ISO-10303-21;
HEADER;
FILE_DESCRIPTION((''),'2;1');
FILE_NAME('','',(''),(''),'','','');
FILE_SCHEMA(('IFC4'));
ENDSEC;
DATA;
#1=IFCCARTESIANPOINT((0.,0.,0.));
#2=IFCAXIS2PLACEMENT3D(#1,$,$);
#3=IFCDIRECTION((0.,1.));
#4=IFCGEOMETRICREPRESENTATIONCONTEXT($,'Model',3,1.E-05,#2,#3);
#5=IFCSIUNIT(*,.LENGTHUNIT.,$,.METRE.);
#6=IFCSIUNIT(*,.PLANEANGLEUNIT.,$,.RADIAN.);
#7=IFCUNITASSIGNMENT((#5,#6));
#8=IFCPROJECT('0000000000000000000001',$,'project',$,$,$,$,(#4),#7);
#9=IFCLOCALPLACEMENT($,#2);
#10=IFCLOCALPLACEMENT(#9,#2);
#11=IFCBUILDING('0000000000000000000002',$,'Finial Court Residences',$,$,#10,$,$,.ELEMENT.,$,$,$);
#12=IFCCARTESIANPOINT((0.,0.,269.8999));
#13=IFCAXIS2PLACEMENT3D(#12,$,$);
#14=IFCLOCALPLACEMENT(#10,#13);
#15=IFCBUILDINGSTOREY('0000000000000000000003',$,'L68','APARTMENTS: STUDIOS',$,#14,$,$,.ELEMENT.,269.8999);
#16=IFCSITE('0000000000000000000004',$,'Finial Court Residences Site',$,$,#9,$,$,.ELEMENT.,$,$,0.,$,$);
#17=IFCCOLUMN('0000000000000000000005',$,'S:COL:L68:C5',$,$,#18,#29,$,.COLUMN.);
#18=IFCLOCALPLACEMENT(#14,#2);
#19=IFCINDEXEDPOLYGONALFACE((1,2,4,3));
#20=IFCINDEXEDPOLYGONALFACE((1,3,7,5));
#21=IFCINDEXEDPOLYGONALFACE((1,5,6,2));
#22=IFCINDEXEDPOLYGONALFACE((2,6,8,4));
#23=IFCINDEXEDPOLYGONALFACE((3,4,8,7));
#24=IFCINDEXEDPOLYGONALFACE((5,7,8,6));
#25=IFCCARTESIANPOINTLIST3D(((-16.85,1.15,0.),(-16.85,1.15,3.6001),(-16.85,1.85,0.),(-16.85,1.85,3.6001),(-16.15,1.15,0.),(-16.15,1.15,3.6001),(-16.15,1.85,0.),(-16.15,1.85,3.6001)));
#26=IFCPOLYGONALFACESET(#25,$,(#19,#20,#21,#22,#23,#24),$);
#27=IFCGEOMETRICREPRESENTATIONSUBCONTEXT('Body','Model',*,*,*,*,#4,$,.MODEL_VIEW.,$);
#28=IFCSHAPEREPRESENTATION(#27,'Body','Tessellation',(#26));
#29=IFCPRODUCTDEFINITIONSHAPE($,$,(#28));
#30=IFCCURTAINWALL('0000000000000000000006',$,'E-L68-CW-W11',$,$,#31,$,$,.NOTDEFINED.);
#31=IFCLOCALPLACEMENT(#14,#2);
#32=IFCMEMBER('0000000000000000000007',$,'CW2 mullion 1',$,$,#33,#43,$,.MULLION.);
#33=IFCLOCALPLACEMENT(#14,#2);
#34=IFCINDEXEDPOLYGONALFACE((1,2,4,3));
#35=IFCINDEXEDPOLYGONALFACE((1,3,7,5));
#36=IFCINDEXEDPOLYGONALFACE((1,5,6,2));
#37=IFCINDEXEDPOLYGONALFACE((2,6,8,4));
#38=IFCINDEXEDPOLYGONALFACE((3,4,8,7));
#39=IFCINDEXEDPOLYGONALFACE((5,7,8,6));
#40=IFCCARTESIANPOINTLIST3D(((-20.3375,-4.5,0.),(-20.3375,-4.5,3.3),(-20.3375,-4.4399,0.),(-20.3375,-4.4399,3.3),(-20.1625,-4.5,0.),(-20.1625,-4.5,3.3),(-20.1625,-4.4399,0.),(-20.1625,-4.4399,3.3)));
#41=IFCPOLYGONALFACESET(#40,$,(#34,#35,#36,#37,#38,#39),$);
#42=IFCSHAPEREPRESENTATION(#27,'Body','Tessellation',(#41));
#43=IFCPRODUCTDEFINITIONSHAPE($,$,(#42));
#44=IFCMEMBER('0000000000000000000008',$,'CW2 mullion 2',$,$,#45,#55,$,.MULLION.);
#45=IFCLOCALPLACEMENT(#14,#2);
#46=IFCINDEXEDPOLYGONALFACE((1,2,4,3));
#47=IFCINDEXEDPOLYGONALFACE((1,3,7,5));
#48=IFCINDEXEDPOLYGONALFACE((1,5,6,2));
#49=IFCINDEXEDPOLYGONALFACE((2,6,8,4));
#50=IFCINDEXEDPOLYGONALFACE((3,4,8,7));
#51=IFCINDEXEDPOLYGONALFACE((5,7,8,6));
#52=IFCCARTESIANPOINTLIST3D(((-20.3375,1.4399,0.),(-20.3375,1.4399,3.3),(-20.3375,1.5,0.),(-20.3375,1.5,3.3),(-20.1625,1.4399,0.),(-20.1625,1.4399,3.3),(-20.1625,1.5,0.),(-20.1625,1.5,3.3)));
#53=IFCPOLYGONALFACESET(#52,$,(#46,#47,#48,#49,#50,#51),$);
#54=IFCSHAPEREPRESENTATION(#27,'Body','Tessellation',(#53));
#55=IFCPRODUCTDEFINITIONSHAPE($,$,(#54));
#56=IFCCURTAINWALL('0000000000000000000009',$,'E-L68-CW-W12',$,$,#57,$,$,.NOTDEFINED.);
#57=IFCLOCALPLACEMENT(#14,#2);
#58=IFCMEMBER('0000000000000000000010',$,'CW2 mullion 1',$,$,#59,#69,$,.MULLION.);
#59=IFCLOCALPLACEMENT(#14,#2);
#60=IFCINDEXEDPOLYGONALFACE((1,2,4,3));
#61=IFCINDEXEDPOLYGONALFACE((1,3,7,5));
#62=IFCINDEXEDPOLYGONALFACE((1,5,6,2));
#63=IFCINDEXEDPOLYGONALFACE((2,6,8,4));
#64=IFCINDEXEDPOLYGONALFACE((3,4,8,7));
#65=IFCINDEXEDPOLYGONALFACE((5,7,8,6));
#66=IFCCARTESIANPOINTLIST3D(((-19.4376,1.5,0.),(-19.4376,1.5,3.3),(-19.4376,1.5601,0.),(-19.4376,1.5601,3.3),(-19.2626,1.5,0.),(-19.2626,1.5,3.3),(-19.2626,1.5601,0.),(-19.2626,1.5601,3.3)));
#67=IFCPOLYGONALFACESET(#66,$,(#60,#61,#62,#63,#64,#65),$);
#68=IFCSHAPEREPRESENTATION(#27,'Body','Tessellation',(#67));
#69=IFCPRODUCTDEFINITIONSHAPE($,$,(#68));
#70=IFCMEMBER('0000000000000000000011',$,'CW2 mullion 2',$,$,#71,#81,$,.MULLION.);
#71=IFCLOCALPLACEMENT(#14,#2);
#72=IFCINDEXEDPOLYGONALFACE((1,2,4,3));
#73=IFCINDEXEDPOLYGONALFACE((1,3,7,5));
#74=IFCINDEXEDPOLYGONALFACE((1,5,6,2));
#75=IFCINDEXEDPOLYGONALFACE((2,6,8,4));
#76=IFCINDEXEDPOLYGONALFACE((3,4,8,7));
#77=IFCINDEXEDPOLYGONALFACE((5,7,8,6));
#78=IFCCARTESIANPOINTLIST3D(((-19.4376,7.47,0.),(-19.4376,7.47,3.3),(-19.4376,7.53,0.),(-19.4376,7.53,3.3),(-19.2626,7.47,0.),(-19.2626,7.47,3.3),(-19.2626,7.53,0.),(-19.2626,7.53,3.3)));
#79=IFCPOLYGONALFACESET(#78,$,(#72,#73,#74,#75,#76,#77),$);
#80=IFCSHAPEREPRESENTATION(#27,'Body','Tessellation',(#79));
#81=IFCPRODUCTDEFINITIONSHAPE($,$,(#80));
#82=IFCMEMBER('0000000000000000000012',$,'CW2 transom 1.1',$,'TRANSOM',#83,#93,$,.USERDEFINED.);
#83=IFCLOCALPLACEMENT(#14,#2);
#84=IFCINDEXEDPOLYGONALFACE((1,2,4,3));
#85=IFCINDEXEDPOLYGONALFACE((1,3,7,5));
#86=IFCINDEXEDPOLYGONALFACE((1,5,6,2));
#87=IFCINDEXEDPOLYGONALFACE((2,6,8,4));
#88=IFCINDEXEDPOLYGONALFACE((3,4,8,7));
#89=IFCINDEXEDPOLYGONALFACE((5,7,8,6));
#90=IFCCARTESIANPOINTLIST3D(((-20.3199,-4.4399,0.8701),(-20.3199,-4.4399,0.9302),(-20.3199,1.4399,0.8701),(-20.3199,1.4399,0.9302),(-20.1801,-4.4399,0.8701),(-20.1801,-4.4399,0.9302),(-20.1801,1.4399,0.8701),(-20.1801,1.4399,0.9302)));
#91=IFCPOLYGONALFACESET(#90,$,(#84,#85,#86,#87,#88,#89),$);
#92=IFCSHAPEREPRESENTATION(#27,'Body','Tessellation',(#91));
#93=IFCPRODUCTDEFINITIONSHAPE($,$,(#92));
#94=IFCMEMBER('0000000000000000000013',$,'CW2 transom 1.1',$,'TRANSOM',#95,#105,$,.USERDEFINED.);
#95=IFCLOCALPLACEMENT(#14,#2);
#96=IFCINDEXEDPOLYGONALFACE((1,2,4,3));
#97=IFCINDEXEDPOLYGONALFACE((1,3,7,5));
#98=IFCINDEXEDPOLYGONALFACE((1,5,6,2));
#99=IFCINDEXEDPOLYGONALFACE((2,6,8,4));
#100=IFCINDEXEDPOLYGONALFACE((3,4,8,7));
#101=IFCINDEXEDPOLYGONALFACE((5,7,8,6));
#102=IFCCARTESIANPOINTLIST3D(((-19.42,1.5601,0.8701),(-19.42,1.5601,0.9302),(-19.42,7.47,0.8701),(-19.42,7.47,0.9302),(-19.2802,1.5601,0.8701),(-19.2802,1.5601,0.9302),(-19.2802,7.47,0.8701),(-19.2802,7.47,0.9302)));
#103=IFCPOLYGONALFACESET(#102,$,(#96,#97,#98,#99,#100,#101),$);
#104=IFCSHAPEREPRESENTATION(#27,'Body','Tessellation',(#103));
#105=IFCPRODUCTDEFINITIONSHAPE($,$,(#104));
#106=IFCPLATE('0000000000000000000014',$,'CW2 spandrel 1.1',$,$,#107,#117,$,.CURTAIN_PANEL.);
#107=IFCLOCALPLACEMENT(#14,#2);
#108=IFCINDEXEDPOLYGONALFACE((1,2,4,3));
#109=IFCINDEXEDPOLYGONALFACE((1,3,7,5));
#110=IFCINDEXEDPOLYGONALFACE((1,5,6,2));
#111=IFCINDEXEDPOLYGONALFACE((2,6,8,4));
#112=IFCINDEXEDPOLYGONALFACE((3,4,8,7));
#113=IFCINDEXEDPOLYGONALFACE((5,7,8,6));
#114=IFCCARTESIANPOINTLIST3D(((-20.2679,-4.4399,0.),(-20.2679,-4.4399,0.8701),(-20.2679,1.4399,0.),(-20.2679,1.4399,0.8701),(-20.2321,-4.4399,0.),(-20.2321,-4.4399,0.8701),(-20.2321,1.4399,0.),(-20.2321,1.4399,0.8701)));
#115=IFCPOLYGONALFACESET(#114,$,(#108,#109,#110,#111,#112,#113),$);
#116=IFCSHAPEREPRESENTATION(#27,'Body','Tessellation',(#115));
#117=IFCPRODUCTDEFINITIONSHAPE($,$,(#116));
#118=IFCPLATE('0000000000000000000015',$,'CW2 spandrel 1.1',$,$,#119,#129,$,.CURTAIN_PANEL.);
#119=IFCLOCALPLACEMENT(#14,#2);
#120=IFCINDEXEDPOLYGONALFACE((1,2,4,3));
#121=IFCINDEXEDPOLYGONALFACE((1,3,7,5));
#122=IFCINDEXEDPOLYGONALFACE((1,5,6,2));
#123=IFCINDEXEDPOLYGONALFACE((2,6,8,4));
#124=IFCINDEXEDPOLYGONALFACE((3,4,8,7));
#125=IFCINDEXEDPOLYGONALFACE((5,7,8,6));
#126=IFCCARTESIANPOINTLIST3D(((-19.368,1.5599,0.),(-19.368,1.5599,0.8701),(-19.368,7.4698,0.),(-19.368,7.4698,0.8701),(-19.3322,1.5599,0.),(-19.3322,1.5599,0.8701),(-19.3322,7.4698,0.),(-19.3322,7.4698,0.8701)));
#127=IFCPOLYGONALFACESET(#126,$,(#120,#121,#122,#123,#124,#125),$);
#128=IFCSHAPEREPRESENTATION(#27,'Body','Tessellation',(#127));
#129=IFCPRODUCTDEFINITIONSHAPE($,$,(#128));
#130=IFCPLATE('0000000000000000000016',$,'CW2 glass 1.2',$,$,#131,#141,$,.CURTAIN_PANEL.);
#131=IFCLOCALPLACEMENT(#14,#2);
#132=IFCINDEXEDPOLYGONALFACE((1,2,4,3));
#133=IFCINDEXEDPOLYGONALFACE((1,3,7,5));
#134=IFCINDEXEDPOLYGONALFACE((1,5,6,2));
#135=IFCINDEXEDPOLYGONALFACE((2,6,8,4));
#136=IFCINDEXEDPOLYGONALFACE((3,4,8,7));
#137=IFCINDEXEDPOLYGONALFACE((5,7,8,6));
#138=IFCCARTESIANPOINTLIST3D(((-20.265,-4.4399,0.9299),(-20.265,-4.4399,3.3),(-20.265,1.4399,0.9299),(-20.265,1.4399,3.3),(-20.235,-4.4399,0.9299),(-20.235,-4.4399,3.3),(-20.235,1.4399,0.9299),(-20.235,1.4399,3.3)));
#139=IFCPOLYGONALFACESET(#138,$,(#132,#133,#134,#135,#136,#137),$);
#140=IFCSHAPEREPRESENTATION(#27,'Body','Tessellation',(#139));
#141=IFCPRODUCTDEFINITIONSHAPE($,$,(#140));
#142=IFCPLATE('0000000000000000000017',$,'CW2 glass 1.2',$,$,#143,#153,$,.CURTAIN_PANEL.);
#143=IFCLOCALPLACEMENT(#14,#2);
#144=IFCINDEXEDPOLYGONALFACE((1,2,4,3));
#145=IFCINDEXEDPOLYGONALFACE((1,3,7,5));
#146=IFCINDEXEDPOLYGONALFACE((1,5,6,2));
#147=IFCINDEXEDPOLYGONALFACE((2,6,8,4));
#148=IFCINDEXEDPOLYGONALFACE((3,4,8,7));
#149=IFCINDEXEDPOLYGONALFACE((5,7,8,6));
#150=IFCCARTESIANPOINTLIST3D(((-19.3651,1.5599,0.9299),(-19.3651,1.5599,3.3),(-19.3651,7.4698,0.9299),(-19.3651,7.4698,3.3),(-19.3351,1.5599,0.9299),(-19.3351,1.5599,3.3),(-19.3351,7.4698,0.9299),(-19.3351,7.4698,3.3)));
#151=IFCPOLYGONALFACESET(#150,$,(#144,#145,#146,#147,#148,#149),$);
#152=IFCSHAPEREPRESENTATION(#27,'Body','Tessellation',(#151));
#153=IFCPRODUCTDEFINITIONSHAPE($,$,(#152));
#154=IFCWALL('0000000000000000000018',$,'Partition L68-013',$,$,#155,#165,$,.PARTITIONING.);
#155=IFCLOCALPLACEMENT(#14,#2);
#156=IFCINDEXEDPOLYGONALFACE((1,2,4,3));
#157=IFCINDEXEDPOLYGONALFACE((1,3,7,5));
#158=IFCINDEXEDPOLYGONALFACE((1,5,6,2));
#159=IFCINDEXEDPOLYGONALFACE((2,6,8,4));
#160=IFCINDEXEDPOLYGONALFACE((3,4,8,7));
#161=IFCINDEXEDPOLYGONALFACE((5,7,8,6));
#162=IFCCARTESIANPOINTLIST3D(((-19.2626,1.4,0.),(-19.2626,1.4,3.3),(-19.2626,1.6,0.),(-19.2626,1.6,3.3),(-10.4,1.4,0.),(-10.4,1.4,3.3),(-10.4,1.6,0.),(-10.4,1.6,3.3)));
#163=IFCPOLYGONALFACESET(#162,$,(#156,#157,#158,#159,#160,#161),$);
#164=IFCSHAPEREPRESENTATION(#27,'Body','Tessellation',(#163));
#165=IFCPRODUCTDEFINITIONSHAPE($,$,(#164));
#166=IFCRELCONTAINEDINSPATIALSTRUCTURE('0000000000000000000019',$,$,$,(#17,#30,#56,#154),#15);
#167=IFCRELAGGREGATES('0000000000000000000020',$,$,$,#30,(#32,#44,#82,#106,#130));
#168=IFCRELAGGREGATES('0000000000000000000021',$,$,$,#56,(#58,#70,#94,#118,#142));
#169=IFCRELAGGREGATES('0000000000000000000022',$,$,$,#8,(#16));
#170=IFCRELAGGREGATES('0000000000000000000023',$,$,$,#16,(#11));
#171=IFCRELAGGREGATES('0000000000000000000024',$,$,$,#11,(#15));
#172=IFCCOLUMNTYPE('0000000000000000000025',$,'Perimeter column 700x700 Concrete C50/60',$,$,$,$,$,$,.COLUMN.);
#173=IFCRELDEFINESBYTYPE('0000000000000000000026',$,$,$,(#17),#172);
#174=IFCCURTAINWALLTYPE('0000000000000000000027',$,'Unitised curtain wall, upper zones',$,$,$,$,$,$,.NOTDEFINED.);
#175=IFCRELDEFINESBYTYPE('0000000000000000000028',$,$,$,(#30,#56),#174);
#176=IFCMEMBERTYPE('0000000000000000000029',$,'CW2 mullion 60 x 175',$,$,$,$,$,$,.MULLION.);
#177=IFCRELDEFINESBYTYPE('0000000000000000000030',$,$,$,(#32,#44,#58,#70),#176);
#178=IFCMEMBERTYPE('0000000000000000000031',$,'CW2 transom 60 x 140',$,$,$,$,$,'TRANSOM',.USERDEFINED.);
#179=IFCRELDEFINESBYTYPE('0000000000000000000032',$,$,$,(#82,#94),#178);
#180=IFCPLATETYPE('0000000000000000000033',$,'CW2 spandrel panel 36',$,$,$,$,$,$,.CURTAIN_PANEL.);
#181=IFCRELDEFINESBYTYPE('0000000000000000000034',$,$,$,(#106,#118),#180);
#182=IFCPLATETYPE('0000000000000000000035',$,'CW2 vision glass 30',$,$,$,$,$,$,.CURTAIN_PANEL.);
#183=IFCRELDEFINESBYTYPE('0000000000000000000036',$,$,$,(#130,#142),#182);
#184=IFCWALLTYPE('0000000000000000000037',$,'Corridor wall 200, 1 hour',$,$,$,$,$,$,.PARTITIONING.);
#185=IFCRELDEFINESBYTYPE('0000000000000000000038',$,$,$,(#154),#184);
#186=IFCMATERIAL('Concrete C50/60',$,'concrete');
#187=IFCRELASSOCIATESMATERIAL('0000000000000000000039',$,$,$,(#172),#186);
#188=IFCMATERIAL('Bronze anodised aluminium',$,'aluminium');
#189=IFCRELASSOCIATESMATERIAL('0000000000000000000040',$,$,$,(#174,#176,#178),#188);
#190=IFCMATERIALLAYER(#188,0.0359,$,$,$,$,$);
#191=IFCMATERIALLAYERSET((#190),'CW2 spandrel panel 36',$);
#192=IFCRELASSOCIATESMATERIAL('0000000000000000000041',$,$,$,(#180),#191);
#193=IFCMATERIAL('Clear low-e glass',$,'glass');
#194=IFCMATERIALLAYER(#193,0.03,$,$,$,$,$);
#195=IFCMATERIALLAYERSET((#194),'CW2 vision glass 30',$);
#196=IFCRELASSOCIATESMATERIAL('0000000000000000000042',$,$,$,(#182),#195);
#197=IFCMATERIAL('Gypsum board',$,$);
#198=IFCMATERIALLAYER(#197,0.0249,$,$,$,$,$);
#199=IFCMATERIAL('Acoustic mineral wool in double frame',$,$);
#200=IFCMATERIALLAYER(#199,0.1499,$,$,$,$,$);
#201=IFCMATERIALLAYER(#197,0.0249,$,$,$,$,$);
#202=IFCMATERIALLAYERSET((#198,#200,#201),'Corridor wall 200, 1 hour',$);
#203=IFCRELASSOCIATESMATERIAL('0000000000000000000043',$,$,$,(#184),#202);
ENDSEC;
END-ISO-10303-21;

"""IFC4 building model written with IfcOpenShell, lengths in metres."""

from ifc_helpers import new_model, si_unit, direction, frame, frame_2d, origin, origin_2d, place, context, subcontext, project, spatial, rectangle, extrude, material, layer, layer_set, material_profile, profile_set, type_object, element, aggregate, save


model = new_model("IFC4")

# Units and contexts
model_context = context("Model", 3, precision=1e-05, world=origin(), true_north=direction((0.0, 1.0)))
body_context = subcontext(model_context, "Body", "Model", "MODEL_VIEW")
ifc_project = project(units=[si_unit("LENGTHUNIT", "METRE"), si_unit("PLANEANGLEUNIT", "RADIAN")], contexts=[model_context])

# Site, building, storey
site_placement = place(None, origin())
site = spatial("IfcSite", under=ifc_project, at=site_placement, Name="Finial Court Residences Site", CompositionType="ELEMENT", RefElevation=0.0)
building_placement = place(site_placement, origin())
building = spatial("IfcBuilding", under=site, at=building_placement, Name="Finial Court Residences", CompositionType="ELEMENT")
storey_placement = place(building_placement, frame((0.0, 0.0, 269.8999)))
storey = spatial("IfcBuildingStorey", under=building, at=storey_placement, Name="L68", Description="APARTMENTS: STUDIOS", CompositionType="ELEMENT", Elevation=269.8999)

# Column
ifc_material_1 = material(Name="Concrete C50/60", Category="concrete")
ifc_material_profile_1 = material_profile(ifc_material_1, rectangle(XDim=0.7, YDim=0.7, at=origin_2d()), Name="700x700")
ifc_profile_set_1 = profile_set([ifc_material_profile_1], Name="Concrete C50/60")
column_type = type_object("IfcColumnType", Name="Perimeter column 700x700 Concrete C50/60", PredefinedType="COLUMN", material=ifc_profile_set_1)
column_placement = place(storey_placement, frame((-16.5, 1.5, 0.0), z_axis=(0.0, 0.0, 1.0), x_axis=(1.0, 0.0, 0.0)))
element("IfcColumn", 1, at=column_placement, inside=storey, type_object=column_type, Name="S:COL:L68:C5", PredefinedType="COLUMN", context=body_context, shape_type="SweptSolid", body=[
    extrude(rectangle(XDim=0.7, YDim=0.7, at=origin_2d()), origin(), (0.0, 0.0, 1.0), 3.6001),
])

# Curtain walls, members
ifc_material_2 = material(Name="Bronze anodised aluminium", Category="aluminium")
curtain_wall_type = type_object("IfcCurtainWallType", Name="Unitised curtain wall, upper zones", PredefinedType="NOTDEFINED", material=ifc_material_2)
curtain_wall_1_placement = place(storey_placement, origin())
curtain_wall_1 = element("IfcCurtainWall", 2, at=curtain_wall_1_placement, inside=storey, type_object=curtain_wall_type, Name="E-L68-CW-W11", PredefinedType="NOTDEFINED")
ifc_material_profile_2 = material_profile(ifc_material_2, rectangle(XDim=0.175, YDim=0.0601, at=origin_2d()), Name="CW2 mullion 60 x 175")
ifc_profile_set_2 = profile_set([ifc_material_profile_2], Name="Bronze anodised aluminium")
member_type_1 = type_object("IfcMemberType", Name="CW2 mullion 60 x 175", PredefinedType="MULLION", material=ifc_profile_set_2)
member_1_placement = place(storey_placement, frame((-20.25, -4.47, 0.0), z_axis=(0.0, 0.0, 1.0), x_axis=(-1.0, 0.0, 0.0)))
member_1 = element("IfcMember", 3, at=member_1_placement, type_object=member_type_1, Name="CW2 mullion 1", PredefinedType="MULLION", context=body_context, shape_type="SweptSolid", body=[
    extrude(rectangle(XDim=0.175, YDim=0.0601, at=origin_2d()), origin(), (0.0, 0.0, 1.0), 3.3),
])
member_2_placement = place(storey_placement, frame((-20.25, 1.47, 0.0), z_axis=(0.0, 0.0, 1.0), x_axis=(-1.0, 0.0, 0.0)))
member_2 = element("IfcMember", 4, at=member_2_placement, type_object=member_type_1, Name="CW2 mullion 2", PredefinedType="MULLION", context=body_context, shape_type="SweptSolid", body=[
    extrude(rectangle(XDim=0.175, YDim=0.0601, at=origin_2d()), origin(), (0.0, 0.0, 1.0), 3.3),
])
curtain_wall_2_placement = place(storey_placement, origin())
curtain_wall_2 = element("IfcCurtainWall", 5, at=curtain_wall_2_placement, inside=storey, type_object=curtain_wall_type, Name="E-L68-CW-W12", PredefinedType="NOTDEFINED")
member_3_placement = place(storey_placement, frame((-19.3501, 1.53, 0.0), z_axis=(0.0, 0.0, 1.0), x_axis=(-1.0, 0.0, 0.0)))
member_3 = element("IfcMember", 6, at=member_3_placement, type_object=member_type_1, Name="CW2 mullion 1", PredefinedType="MULLION", context=body_context, shape_type="SweptSolid", body=[
    extrude(rectangle(XDim=0.175, YDim=0.0601, at=origin_2d()), origin(), (0.0, 0.0, 1.0), 3.3),
])
member_4_placement = place(storey_placement, frame((-19.3501, 7.5, 0.0), z_axis=(0.0, 0.0, 1.0), x_axis=(-1.0, 0.0, 0.0)))
member_4 = element("IfcMember", 7, at=member_4_placement, type_object=member_type_1, Name="CW2 mullion 2", PredefinedType="MULLION", context=body_context, shape_type="SweptSolid", body=[
    extrude(rectangle(XDim=0.175, YDim=0.0601, at=origin_2d()), origin(), (0.0, 0.0, 1.0), 3.3),
])

# Members
ifc_material_profile_3 = material_profile(ifc_material_2, rectangle(XDim=0.1399, YDim=0.0601, at=origin_2d()), Name="CW2 transom 60 x 140")
ifc_profile_set_3 = profile_set([ifc_material_profile_3], Name="Bronze anodised aluminium")
member_type_2 = type_object("IfcMemberType", Name="CW2 transom 60 x 140", ElementType="TRANSOM", PredefinedType="USERDEFINED", material=ifc_profile_set_3)
member_5_placement = place(storey_placement, frame((-20.25, -4.4399, 0.9001), z_axis=(0.0, 1.0, 0.0), x_axis=(-1.0, 0.0, 0.0)))
member_5 = element("IfcMember", 8, at=member_5_placement, type_object=member_type_2, Name="CW2 transom 1.1", ObjectType="TRANSOM", PredefinedType="USERDEFINED", context=body_context, shape_type="SweptSolid", body=[
    extrude(rectangle(XDim=0.1399, YDim=0.0601, at=origin_2d()), origin(), (0.0, 0.0, 1.0), 5.8799),
])
member_6_placement = place(storey_placement, frame((-19.3501, 1.5601, 0.9001), z_axis=(0.0, 1.0, 0.0), x_axis=(-1.0, 0.0, 0.0)))
member_6 = element("IfcMember", 9, at=member_6_placement, type_object=member_type_2, Name="CW2 transom 1.1", ObjectType="TRANSOM", PredefinedType="USERDEFINED", context=body_context, shape_type="SweptSolid", body=[
    extrude(rectangle(XDim=0.1399, YDim=0.0601, at=origin_2d()), origin(), (0.0, 0.0, 1.0), 5.9099),
])

# Plates
ifc_layer_1 = layer(ifc_material_2, 0.0359)
ifc_layer_set_1 = layer_set([ifc_layer_1], Name="CW2 spandrel panel 36")
plate_type_1 = type_object("IfcPlateType", Name="CW2 spandrel panel 36", PredefinedType="CURTAIN_PANEL", material=ifc_layer_set_1)
plate_1_placement = place(storey_placement, frame((-20.25, -1.5, 0.0), z_axis=(0.0, 0.0, 1.0), x_axis=(0.0, 1.0, 0.0)))
plate_1 = element("IfcPlate", 10, at=plate_1_placement, type_object=plate_type_1, Name="CW2 spandrel 1.1", PredefinedType="CURTAIN_PANEL", context=body_context, shape_type="SweptSolid", body=[
    extrude(rectangle(XDim=5.8799, YDim=0.0359, at=origin_2d()), origin(), (0.0, 0.0, 1.0), 0.8701),
])
plate_2_placement = place(storey_placement, frame((-19.3501, 4.5149, 0.0), z_axis=(0.0, 0.0, 1.0), x_axis=(0.0, 1.0, 0.0)))
plate_2 = element("IfcPlate", 11, at=plate_2_placement, type_object=plate_type_1, Name="CW2 spandrel 1.1", PredefinedType="CURTAIN_PANEL", context=body_context, shape_type="SweptSolid", body=[
    extrude(rectangle(XDim=5.9099, YDim=0.0359, at=origin_2d()), origin(), (0.0, 0.0, 1.0), 0.8701),
])
ifc_material_3 = material(Name="Clear low-e glass", Category="glass")
ifc_layer_2 = layer(ifc_material_3, 0.03)
ifc_layer_set_2 = layer_set([ifc_layer_2], Name="CW2 vision glass 30")
plate_type_2 = type_object("IfcPlateType", Name="CW2 vision glass 30", PredefinedType="CURTAIN_PANEL", material=ifc_layer_set_2)
plate_3_placement = place(storey_placement, frame((-20.25, -1.5, 0.9299), z_axis=(0.0, 0.0, 1.0), x_axis=(0.0, 1.0, 0.0)))
plate_3 = element("IfcPlate", 12, at=plate_3_placement, type_object=plate_type_2, Name="CW2 glass 1.2", PredefinedType="CURTAIN_PANEL", context=body_context, shape_type="SweptSolid", body=[
    extrude(rectangle(XDim=5.8799, YDim=0.03, at=origin_2d()), origin(), (0.0, 0.0, 1.0), 2.3701),
])
aggregate(curtain_wall_1, [member_1, member_2, member_5, plate_1, plate_3])
plate_4_placement = place(storey_placement, frame((-19.3501, 4.5149, 0.9299), z_axis=(0.0, 0.0, 1.0), x_axis=(0.0, 1.0, 0.0)))
plate_4 = element("IfcPlate", 13, at=plate_4_placement, type_object=plate_type_2, Name="CW2 glass 1.2", PredefinedType="CURTAIN_PANEL", context=body_context, shape_type="SweptSolid", body=[
    extrude(rectangle(XDim=5.9099, YDim=0.03, at=origin_2d()), origin(), (0.0, 0.0, 1.0), 2.3701),
])
aggregate(curtain_wall_2, [member_3, member_4, member_6, plate_2, plate_4])

# Wall
ifc_material_4 = material(Name="Gypsum board")
ifc_layer_3 = layer(ifc_material_4, 0.0249)
ifc_material_5 = material(Name="Acoustic mineral wool in double frame")
ifc_layer_4 = layer(ifc_material_5, 0.1499)
ifc_layer_5 = layer(ifc_material_4, 0.0249)
ifc_layer_set_3 = layer_set([ifc_layer_3, ifc_layer_4, ifc_layer_5], Name="Corridor wall 200, 1 hour")
wall_type = type_object("IfcWallType", Name="Corridor wall 200, 1 hour", PredefinedType="PARTITIONING", material=ifc_layer_set_3)
wall_1_placement = place(storey_placement, frame((-19.2625, 1.5, 0.0), z_axis=(0.0, 0.0, 1.0), x_axis=(1.0, 0.0, 0.0)))
element("IfcWall", 14, at=wall_1_placement, inside=storey, type_object=wall_type, Name="Partition L68-013", PredefinedType="PARTITIONING", context=body_context, shape_type="SweptSolid", body=[
    extrude(rectangle(XDim=8.8625, YDim=0.2, at=frame_2d((4.4312, 0.0))), origin(), (0.0, 0.0, 1.0), 3.3),
])

save(model, "model.ifc")
